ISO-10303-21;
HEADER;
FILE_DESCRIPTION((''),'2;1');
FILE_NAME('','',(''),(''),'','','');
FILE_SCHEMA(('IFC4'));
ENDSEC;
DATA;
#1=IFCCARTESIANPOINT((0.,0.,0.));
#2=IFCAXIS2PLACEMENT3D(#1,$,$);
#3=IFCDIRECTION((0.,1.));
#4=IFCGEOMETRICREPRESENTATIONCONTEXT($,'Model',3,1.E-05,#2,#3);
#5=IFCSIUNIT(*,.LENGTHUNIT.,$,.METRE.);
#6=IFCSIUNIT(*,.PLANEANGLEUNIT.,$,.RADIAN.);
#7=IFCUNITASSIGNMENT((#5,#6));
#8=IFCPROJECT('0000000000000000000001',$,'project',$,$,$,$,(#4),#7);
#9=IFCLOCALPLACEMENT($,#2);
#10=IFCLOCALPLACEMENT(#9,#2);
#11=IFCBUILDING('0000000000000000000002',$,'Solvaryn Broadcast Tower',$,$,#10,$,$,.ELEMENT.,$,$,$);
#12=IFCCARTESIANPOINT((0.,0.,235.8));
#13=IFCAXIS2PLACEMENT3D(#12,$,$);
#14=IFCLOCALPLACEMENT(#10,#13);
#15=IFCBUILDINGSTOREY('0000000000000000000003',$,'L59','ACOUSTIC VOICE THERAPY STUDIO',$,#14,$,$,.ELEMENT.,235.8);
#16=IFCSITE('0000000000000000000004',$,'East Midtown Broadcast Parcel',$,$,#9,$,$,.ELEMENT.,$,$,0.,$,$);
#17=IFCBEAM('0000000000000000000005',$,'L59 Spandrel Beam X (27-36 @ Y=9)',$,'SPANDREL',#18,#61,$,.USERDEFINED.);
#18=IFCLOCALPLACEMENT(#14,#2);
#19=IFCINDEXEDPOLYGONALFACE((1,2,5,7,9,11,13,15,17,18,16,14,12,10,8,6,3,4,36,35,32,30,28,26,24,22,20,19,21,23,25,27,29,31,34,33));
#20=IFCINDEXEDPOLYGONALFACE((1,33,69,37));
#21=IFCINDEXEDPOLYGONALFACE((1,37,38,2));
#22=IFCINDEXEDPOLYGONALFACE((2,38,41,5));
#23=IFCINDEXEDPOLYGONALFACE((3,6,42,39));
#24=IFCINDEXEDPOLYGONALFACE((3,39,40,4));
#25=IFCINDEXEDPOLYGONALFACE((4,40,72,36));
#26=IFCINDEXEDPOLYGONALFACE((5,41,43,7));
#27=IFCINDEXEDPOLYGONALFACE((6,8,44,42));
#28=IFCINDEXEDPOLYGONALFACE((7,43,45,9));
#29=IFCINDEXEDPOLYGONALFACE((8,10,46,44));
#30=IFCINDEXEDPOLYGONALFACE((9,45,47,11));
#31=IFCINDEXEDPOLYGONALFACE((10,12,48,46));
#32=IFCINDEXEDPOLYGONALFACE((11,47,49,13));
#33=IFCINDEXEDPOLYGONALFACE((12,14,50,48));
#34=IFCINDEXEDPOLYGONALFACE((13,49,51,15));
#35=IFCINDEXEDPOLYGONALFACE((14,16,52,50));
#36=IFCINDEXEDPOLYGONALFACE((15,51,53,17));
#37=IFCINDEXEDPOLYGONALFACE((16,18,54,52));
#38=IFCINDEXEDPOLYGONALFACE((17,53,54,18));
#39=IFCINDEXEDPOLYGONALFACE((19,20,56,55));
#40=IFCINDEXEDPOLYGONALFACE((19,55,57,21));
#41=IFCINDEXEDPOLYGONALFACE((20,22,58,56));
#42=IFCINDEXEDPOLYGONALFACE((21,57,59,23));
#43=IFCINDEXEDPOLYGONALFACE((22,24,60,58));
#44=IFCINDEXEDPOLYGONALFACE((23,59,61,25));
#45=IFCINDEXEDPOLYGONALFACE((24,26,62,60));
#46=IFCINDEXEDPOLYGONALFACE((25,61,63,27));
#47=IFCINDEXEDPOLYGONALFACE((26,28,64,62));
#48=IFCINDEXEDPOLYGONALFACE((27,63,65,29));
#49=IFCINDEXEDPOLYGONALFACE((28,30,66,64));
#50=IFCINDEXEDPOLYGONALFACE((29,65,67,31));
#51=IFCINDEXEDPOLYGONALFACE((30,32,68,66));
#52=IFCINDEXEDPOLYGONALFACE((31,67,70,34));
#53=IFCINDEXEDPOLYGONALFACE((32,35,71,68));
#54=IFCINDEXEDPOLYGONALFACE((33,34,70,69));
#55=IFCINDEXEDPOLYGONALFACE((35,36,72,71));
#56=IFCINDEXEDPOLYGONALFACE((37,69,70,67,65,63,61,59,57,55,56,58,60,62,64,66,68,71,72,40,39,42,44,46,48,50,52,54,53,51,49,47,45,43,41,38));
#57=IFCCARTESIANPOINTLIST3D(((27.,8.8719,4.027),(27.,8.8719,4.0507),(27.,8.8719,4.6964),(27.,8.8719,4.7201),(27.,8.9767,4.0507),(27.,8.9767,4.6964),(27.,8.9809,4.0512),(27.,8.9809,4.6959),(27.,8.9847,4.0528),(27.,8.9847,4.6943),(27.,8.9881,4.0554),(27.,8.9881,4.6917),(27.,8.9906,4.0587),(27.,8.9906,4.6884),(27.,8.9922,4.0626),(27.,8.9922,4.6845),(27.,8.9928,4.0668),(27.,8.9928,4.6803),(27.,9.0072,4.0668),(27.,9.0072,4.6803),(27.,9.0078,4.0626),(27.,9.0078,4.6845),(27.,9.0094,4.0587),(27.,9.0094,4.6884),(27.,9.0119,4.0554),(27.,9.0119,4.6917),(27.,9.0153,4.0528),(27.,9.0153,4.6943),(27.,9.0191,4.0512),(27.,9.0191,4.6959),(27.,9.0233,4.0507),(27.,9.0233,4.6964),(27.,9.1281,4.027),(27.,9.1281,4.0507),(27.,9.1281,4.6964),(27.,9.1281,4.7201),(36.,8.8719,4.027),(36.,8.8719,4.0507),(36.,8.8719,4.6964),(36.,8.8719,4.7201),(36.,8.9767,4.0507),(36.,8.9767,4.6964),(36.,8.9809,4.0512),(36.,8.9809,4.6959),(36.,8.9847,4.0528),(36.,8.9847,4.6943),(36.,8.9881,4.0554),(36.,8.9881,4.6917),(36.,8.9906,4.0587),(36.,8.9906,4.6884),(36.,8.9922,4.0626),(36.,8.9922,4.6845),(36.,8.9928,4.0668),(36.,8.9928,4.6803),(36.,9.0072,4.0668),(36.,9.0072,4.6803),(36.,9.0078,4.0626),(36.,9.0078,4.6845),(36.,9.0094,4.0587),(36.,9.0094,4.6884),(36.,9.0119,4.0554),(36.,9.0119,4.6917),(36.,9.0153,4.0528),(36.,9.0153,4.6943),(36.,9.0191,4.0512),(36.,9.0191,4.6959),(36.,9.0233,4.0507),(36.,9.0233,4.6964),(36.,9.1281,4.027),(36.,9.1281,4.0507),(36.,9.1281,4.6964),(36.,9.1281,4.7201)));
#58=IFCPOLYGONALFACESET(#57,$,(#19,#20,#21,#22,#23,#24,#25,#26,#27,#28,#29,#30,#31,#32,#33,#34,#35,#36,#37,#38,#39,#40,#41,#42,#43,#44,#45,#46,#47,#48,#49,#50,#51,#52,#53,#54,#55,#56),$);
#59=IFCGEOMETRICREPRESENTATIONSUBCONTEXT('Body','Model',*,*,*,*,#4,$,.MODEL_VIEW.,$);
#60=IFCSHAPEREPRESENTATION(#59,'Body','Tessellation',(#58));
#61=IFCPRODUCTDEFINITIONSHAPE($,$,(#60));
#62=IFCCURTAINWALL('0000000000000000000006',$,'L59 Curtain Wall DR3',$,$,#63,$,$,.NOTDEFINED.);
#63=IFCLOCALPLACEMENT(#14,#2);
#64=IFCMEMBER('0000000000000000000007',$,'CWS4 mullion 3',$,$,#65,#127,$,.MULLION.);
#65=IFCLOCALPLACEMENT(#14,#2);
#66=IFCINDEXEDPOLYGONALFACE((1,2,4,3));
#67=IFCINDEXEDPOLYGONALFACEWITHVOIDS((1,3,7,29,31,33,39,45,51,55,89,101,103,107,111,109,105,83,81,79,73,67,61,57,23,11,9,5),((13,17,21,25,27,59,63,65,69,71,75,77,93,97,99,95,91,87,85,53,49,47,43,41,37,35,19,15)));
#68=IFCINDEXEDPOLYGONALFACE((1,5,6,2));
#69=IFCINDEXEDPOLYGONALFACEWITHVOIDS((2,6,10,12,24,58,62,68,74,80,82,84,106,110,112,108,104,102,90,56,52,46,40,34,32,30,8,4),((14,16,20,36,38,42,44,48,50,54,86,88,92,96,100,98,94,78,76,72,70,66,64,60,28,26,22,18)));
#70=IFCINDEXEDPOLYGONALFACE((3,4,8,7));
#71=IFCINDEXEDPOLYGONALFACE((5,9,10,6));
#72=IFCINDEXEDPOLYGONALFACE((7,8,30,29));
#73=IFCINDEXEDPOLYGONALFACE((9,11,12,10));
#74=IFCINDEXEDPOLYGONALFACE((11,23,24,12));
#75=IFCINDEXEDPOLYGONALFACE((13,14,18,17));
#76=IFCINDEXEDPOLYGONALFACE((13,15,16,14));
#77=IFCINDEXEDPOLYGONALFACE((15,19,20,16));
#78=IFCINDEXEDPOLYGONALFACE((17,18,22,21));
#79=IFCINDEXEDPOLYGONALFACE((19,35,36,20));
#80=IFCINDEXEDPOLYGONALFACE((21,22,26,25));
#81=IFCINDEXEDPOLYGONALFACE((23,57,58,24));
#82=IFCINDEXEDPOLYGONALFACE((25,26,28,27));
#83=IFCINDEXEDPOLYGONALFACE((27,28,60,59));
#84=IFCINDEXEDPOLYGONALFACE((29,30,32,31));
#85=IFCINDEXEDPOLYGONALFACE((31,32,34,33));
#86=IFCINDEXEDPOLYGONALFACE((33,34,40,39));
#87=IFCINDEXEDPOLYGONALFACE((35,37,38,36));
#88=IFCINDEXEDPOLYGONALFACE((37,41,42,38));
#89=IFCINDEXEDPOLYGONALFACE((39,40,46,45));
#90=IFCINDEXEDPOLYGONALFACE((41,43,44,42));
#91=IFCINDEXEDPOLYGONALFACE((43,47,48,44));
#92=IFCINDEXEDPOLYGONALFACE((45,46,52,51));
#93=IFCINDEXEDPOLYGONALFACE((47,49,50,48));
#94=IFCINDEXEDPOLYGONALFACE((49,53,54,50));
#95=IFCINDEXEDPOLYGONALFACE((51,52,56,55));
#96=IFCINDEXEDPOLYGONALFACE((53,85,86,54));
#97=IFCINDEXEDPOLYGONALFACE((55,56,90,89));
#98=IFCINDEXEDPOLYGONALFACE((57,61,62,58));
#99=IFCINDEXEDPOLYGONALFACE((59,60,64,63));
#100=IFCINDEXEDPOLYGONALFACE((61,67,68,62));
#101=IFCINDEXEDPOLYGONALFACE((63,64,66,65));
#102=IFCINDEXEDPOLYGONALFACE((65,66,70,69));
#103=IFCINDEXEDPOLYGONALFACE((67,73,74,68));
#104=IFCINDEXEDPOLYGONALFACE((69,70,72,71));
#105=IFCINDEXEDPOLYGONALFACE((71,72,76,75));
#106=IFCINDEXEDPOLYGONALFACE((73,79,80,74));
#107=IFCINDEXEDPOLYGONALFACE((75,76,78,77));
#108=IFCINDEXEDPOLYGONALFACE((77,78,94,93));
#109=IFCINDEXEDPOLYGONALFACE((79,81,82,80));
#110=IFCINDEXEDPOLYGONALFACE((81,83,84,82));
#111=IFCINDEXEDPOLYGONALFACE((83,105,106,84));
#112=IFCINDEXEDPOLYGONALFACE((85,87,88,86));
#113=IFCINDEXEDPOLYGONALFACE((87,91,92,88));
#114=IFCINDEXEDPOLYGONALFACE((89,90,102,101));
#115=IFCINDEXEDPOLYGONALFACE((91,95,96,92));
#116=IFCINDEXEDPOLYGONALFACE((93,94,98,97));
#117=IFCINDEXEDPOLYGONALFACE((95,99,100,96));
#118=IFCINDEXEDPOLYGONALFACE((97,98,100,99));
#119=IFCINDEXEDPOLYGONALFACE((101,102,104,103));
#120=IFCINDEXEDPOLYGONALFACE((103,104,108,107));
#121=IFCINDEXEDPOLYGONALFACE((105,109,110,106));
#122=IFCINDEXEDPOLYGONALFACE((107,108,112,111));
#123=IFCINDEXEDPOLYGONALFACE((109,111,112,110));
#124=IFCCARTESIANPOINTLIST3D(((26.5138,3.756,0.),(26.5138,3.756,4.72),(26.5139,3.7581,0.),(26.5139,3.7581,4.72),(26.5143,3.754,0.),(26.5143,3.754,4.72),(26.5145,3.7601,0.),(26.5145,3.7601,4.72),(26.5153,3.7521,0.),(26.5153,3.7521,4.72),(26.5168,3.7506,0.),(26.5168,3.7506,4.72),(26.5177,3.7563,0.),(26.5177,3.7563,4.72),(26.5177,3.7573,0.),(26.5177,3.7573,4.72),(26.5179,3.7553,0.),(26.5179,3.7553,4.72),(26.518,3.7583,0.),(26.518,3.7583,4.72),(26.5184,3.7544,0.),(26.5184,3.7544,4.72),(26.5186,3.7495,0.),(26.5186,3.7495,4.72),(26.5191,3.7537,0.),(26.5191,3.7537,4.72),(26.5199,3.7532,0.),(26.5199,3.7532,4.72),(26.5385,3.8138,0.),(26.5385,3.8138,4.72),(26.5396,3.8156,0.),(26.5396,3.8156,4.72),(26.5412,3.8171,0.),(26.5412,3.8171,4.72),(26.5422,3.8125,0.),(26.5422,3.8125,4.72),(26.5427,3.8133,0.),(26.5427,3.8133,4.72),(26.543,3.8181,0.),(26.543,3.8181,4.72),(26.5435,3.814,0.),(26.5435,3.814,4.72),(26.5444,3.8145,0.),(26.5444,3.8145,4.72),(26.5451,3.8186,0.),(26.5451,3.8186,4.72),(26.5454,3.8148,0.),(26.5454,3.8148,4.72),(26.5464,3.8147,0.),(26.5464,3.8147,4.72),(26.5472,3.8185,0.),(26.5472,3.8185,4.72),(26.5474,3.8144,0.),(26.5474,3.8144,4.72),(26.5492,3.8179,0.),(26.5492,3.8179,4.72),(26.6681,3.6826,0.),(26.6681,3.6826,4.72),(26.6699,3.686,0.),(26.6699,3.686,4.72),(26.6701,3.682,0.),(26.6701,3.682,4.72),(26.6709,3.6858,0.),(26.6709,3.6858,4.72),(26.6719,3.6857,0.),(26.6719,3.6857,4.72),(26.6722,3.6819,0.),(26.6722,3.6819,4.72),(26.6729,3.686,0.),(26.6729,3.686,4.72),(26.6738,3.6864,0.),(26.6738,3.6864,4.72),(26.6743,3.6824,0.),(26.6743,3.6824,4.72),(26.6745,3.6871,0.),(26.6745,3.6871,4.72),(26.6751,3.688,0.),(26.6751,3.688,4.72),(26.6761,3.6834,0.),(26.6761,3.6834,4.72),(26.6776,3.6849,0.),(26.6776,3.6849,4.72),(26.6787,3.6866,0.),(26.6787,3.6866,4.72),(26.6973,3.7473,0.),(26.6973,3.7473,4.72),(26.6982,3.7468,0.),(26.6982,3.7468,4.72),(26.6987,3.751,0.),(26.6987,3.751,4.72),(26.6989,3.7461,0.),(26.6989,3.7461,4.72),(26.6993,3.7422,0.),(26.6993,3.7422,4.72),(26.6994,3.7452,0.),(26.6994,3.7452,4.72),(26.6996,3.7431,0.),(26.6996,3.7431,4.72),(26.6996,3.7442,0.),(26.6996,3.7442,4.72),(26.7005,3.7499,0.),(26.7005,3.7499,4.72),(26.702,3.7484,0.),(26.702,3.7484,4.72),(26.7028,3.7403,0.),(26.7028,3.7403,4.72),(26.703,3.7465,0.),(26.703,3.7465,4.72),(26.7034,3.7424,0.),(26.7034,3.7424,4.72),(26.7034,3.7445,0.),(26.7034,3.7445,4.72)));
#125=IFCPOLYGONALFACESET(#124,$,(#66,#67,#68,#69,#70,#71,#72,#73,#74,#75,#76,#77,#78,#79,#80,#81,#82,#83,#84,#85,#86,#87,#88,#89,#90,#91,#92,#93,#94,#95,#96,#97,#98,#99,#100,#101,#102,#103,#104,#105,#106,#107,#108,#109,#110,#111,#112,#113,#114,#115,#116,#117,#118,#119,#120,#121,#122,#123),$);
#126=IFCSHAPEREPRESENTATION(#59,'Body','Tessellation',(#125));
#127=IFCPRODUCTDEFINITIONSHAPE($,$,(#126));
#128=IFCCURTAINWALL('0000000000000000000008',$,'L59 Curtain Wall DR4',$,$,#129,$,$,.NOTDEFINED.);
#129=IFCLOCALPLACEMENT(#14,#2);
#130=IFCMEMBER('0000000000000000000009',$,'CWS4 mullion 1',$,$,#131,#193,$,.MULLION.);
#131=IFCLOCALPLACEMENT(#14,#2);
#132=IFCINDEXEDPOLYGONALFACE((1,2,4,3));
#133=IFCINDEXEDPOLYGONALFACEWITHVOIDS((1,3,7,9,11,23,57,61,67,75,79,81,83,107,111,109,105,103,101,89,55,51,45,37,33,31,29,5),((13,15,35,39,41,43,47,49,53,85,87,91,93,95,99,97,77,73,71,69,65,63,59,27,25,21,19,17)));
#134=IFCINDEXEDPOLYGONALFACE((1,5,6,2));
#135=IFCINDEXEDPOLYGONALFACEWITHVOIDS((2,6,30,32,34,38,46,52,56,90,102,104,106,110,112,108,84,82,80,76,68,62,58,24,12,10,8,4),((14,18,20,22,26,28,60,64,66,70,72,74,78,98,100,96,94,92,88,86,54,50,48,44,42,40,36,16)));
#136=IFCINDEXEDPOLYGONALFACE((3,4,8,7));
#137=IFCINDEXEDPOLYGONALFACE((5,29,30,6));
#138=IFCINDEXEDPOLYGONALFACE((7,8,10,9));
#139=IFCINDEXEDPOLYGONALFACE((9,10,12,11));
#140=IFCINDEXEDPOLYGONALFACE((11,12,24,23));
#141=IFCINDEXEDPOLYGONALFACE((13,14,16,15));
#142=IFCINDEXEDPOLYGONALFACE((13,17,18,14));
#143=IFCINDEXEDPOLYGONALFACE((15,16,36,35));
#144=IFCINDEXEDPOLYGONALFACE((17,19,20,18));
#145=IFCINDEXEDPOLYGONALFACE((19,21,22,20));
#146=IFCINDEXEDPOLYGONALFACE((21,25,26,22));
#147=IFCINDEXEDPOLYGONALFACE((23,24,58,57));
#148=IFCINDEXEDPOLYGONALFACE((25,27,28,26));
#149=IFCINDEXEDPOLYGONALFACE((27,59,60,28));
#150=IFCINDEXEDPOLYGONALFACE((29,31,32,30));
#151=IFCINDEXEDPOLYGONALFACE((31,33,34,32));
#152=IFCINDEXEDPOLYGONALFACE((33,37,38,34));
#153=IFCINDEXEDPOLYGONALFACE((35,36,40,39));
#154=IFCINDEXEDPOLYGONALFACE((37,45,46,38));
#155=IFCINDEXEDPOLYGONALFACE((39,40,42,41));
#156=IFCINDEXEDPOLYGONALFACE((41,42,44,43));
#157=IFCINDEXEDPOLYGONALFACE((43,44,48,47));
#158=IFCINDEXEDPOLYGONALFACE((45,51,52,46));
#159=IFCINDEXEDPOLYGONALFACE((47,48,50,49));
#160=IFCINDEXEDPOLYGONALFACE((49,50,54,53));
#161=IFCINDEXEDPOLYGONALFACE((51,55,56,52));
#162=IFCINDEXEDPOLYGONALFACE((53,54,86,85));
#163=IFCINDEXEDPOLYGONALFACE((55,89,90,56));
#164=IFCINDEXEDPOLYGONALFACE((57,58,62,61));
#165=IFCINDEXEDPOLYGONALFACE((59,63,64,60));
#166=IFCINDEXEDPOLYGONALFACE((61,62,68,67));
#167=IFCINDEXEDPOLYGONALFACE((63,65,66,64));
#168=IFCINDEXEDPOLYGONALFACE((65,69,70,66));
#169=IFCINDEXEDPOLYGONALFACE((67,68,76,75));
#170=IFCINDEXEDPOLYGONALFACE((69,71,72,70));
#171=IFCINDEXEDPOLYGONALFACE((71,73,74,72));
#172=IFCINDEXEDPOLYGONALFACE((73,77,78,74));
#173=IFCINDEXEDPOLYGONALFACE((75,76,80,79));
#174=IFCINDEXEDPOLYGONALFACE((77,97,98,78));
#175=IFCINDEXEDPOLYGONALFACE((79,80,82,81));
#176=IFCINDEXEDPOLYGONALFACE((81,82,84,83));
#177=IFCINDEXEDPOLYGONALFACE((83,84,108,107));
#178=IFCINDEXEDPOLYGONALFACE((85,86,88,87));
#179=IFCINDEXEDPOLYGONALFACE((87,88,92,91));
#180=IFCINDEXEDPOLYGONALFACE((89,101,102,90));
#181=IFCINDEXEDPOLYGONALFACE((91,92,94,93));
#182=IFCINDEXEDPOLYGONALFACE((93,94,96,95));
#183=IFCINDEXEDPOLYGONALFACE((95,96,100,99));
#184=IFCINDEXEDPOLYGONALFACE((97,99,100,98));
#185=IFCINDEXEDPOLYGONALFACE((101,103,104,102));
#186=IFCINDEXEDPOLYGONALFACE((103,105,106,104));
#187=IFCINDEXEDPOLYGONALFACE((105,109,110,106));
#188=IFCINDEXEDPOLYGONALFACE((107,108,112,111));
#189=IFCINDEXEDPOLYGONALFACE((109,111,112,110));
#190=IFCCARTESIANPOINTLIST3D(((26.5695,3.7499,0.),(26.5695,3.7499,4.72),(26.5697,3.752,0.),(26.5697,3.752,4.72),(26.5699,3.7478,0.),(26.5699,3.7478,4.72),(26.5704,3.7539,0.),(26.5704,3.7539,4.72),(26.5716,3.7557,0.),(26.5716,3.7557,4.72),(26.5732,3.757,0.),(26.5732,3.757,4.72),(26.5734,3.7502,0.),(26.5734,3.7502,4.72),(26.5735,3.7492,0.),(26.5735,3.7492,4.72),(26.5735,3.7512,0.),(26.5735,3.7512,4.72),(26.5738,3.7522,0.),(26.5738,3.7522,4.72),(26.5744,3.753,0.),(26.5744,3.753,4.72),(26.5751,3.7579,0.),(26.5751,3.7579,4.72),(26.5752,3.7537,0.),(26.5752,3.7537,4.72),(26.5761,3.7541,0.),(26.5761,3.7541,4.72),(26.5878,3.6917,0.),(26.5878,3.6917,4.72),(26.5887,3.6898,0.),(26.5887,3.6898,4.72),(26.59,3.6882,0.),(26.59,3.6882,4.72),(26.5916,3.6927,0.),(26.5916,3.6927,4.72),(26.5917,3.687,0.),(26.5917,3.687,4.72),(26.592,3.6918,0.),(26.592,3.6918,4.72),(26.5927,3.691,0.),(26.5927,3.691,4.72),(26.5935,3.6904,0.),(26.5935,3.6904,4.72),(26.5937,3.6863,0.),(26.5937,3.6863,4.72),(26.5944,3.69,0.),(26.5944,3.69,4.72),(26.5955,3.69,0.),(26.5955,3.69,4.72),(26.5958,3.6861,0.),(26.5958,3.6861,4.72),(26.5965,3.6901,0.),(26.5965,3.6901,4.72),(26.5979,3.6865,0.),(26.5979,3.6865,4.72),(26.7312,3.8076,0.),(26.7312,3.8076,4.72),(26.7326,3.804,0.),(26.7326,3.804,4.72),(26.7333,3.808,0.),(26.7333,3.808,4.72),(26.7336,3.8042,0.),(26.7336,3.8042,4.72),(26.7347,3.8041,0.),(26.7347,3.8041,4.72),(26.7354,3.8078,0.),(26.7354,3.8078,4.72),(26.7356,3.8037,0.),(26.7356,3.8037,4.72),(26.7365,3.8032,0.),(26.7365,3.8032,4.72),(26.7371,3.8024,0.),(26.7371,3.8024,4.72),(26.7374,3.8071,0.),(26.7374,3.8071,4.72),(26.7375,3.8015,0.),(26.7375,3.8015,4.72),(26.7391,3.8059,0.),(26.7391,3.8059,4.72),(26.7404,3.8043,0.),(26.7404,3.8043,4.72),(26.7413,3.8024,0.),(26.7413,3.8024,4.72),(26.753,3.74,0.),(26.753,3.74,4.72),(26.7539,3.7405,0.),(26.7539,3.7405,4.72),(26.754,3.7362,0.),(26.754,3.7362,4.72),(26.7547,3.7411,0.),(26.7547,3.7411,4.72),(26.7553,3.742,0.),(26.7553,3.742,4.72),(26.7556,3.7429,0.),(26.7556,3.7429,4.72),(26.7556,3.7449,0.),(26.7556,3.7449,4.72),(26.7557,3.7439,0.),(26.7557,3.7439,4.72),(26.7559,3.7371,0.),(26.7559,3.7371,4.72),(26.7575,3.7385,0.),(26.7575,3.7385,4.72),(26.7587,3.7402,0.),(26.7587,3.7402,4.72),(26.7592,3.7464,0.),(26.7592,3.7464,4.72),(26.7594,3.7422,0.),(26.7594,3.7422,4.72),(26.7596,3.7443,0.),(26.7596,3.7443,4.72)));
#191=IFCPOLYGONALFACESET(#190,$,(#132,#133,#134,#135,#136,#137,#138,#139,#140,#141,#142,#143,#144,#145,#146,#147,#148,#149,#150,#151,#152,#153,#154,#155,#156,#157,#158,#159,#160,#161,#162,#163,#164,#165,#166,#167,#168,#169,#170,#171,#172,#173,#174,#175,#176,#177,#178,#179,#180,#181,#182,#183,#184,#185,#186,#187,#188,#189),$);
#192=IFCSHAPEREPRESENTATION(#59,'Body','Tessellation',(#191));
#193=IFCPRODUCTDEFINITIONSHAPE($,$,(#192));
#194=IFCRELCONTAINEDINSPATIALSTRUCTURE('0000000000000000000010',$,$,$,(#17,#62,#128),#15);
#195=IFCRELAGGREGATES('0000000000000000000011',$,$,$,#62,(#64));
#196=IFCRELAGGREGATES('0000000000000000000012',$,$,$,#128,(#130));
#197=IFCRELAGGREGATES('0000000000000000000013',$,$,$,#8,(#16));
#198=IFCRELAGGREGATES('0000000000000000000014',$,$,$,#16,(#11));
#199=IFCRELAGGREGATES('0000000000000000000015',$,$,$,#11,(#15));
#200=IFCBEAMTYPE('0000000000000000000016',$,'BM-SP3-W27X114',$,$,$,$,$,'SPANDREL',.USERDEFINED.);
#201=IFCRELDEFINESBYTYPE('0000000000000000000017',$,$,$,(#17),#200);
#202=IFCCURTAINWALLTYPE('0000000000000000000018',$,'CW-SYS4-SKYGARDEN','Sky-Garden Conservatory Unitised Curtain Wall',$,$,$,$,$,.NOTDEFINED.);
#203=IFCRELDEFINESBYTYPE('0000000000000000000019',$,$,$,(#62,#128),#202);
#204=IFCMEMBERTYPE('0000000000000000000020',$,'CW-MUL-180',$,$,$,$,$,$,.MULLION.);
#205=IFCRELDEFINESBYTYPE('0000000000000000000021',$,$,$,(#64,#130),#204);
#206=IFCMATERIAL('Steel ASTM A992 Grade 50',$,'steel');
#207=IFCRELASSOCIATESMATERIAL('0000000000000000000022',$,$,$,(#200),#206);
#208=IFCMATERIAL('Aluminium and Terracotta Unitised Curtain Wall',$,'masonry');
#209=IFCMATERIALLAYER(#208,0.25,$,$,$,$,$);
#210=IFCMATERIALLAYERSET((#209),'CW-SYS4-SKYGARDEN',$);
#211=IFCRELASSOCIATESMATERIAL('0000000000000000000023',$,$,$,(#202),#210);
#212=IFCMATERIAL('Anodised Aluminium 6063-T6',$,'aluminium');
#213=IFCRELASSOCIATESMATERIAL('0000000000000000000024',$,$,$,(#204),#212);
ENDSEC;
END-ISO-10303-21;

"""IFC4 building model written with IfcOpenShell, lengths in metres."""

from ifc_helpers import new_model, si_unit, direction, frame, origin, origin_2d, place, context, subcontext, project, spatial, hollow_rectangle, i_section, extrude, material, layer, layer_set, material_profile, profile_set, type_object, element, aggregate, save


model = new_model("IFC4")

# Units and contexts
model_context = context("Model", 3, precision=1e-05, world=origin(), true_north=direction((0.0, 1.0)))
body_context = subcontext(model_context, "Body", "Model", "MODEL_VIEW")
ifc_project = project(units=[si_unit("LENGTHUNIT", "METRE"), si_unit("PLANEANGLEUNIT", "RADIAN")], contexts=[model_context])

# Site, building, storey
site_placement = place(None, origin())
site = spatial("IfcSite", under=ifc_project, at=site_placement, Name="East Midtown Broadcast Parcel", CompositionType="ELEMENT", RefElevation=0.0)
building_placement = place(site_placement, origin())
building = spatial("IfcBuilding", under=site, at=building_placement, Name="Solvaryn Broadcast Tower", CompositionType="ELEMENT")
storey_placement = place(building_placement, frame((0.0, 0.0, 235.8)))
storey = spatial("IfcBuildingStorey", under=building, at=storey_placement, Name="L59", Description="ACOUSTIC VOICE THERAPY STUDIO", CompositionType="ELEMENT", Elevation=235.8)

# Beam
ifc_material_1 = material(Name="Steel ASTM A992 Grade 50", Category="steel")
ifc_material_profile_1 = material_profile(ifc_material_1, i_section(OverallWidth=0.2561, OverallDepth=0.6931, WebThickness=0.0144, FlangeThickness=0.0237, FilletRadius=0.0161, at=origin_2d()))
ifc_profile_set_1 = profile_set([ifc_material_profile_1], Name="Steel ASTM A992 Grade 50")
beam_type_1 = type_object("IfcBeamType", Name="BM-SP3-W27X114", ElementType="SPANDREL", PredefinedType="USERDEFINED", material=ifc_profile_set_1)
beam_1_placement = place(storey_placement, frame((27.0, 9.0, 4.3735), z_axis=(1.0, 0.0, 0.0), x_axis=(0.0, 1.0, 0.0)))
element("IfcBeam", 1, at=beam_1_placement, inside=storey, type_object=beam_type_1, Name="L59 Spandrel Beam X (27-36 @ Y=9)", ObjectType="SPANDREL", PredefinedType="USERDEFINED", context=body_context, shape_type="SweptSolid", body=[
    extrude(i_section(OverallWidth=0.2561, OverallDepth=0.6931, WebThickness=0.0144, FlangeThickness=0.0237, FilletRadius=0.0161, at=origin_2d()), origin(), (0.0, 0.0, 1.0), 9.0),
])

# Curtain wall, member
ifc_material_2 = material(Name="Aluminium and Terracotta Unitised Curtain Wall", Category="masonry")
ifc_layer_1 = layer(ifc_material_2, 0.25)
ifc_layer_set_1 = layer_set([ifc_layer_1], Name="CW-SYS4-SKYGARDEN")
curtain_wall_type = type_object("IfcCurtainWallType", Name="CW-SYS4-SKYGARDEN", Description="Sky-Garden Conservatory Unitised Curtain Wall", PredefinedType="NOTDEFINED", material=ifc_layer_set_1)
curtain_wall_1_placement = place(storey_placement, origin())
curtain_wall_1 = element("IfcCurtainWall", 2, at=curtain_wall_1_placement, inside=storey, type_object=curtain_wall_type, Name="L59 Curtain Wall DR3", PredefinedType="NOTDEFINED")
ifc_material_3 = material(Name="Anodised Aluminium 6063-T6", Category="aluminium")
ifc_material_profile_2 = material_profile(ifc_material_3, hollow_rectangle(XDim=0.075, YDim=0.1799, WallThickness=0.0039, InnerFilletRadius=0.0039, OuterFilletRadius=0.0081, at=origin_2d()))
ifc_profile_set_2 = profile_set([ifc_material_profile_2], Name="Anodised Aluminium 6063-T6")
member_type_1 = type_object("IfcMemberType", Name="CW-MUL-180", PredefinedType="MULLION", material=ifc_profile_set_2)
member_1_placement = place(storey_placement, frame((26.6086, 3.7502, 0.0), z_axis=(0.0, 0.0, 1.0), x_axis=(0.408466, 0.912774, 0.0)))
member_1 = element("IfcMember", 3, at=member_1_placement, type_object=member_type_1, Name="CWS4 mullion 3", PredefinedType="MULLION", context=body_context, shape_type="SweptSolid", body=[
    extrude(hollow_rectangle(XDim=0.075, YDim=0.1799, WallThickness=0.0039, InnerFilletRadius=0.0039, OuterFilletRadius=0.0081, at=origin_2d()), origin(), (0.0, 0.0, 1.0), 4.72),
])

# Curtain wall, member
curtain_wall_2_placement = place(storey_placement, origin())
curtain_wall_2 = element("IfcCurtainWall", 4, at=curtain_wall_2_placement, inside=storey, type_object=curtain_wall_type, Name="L59 Curtain Wall DR4", PredefinedType="NOTDEFINED")
member_2_placement = place(storey_placement, frame((26.6646, 3.7471, 0.0), z_axis=(0.0, 0.0, 1.0), x_axis=(-0.303616, 0.952795, 0.0)))
member_2 = element("IfcMember", 5, at=member_2_placement, type_object=member_type_1, Name="CWS4 mullion 1", PredefinedType="MULLION", context=body_context, shape_type="SweptSolid", body=[
    extrude(hollow_rectangle(XDim=0.075, YDim=0.1799, WallThickness=0.0039, InnerFilletRadius=0.0039, OuterFilletRadius=0.0081, at=origin_2d()), origin(), (0.0, 0.0, 1.0), 4.72),
])

aggregate(curtain_wall_1, [member_1])
aggregate(curtain_wall_2, [member_2])

save(model, "model.ifc")
